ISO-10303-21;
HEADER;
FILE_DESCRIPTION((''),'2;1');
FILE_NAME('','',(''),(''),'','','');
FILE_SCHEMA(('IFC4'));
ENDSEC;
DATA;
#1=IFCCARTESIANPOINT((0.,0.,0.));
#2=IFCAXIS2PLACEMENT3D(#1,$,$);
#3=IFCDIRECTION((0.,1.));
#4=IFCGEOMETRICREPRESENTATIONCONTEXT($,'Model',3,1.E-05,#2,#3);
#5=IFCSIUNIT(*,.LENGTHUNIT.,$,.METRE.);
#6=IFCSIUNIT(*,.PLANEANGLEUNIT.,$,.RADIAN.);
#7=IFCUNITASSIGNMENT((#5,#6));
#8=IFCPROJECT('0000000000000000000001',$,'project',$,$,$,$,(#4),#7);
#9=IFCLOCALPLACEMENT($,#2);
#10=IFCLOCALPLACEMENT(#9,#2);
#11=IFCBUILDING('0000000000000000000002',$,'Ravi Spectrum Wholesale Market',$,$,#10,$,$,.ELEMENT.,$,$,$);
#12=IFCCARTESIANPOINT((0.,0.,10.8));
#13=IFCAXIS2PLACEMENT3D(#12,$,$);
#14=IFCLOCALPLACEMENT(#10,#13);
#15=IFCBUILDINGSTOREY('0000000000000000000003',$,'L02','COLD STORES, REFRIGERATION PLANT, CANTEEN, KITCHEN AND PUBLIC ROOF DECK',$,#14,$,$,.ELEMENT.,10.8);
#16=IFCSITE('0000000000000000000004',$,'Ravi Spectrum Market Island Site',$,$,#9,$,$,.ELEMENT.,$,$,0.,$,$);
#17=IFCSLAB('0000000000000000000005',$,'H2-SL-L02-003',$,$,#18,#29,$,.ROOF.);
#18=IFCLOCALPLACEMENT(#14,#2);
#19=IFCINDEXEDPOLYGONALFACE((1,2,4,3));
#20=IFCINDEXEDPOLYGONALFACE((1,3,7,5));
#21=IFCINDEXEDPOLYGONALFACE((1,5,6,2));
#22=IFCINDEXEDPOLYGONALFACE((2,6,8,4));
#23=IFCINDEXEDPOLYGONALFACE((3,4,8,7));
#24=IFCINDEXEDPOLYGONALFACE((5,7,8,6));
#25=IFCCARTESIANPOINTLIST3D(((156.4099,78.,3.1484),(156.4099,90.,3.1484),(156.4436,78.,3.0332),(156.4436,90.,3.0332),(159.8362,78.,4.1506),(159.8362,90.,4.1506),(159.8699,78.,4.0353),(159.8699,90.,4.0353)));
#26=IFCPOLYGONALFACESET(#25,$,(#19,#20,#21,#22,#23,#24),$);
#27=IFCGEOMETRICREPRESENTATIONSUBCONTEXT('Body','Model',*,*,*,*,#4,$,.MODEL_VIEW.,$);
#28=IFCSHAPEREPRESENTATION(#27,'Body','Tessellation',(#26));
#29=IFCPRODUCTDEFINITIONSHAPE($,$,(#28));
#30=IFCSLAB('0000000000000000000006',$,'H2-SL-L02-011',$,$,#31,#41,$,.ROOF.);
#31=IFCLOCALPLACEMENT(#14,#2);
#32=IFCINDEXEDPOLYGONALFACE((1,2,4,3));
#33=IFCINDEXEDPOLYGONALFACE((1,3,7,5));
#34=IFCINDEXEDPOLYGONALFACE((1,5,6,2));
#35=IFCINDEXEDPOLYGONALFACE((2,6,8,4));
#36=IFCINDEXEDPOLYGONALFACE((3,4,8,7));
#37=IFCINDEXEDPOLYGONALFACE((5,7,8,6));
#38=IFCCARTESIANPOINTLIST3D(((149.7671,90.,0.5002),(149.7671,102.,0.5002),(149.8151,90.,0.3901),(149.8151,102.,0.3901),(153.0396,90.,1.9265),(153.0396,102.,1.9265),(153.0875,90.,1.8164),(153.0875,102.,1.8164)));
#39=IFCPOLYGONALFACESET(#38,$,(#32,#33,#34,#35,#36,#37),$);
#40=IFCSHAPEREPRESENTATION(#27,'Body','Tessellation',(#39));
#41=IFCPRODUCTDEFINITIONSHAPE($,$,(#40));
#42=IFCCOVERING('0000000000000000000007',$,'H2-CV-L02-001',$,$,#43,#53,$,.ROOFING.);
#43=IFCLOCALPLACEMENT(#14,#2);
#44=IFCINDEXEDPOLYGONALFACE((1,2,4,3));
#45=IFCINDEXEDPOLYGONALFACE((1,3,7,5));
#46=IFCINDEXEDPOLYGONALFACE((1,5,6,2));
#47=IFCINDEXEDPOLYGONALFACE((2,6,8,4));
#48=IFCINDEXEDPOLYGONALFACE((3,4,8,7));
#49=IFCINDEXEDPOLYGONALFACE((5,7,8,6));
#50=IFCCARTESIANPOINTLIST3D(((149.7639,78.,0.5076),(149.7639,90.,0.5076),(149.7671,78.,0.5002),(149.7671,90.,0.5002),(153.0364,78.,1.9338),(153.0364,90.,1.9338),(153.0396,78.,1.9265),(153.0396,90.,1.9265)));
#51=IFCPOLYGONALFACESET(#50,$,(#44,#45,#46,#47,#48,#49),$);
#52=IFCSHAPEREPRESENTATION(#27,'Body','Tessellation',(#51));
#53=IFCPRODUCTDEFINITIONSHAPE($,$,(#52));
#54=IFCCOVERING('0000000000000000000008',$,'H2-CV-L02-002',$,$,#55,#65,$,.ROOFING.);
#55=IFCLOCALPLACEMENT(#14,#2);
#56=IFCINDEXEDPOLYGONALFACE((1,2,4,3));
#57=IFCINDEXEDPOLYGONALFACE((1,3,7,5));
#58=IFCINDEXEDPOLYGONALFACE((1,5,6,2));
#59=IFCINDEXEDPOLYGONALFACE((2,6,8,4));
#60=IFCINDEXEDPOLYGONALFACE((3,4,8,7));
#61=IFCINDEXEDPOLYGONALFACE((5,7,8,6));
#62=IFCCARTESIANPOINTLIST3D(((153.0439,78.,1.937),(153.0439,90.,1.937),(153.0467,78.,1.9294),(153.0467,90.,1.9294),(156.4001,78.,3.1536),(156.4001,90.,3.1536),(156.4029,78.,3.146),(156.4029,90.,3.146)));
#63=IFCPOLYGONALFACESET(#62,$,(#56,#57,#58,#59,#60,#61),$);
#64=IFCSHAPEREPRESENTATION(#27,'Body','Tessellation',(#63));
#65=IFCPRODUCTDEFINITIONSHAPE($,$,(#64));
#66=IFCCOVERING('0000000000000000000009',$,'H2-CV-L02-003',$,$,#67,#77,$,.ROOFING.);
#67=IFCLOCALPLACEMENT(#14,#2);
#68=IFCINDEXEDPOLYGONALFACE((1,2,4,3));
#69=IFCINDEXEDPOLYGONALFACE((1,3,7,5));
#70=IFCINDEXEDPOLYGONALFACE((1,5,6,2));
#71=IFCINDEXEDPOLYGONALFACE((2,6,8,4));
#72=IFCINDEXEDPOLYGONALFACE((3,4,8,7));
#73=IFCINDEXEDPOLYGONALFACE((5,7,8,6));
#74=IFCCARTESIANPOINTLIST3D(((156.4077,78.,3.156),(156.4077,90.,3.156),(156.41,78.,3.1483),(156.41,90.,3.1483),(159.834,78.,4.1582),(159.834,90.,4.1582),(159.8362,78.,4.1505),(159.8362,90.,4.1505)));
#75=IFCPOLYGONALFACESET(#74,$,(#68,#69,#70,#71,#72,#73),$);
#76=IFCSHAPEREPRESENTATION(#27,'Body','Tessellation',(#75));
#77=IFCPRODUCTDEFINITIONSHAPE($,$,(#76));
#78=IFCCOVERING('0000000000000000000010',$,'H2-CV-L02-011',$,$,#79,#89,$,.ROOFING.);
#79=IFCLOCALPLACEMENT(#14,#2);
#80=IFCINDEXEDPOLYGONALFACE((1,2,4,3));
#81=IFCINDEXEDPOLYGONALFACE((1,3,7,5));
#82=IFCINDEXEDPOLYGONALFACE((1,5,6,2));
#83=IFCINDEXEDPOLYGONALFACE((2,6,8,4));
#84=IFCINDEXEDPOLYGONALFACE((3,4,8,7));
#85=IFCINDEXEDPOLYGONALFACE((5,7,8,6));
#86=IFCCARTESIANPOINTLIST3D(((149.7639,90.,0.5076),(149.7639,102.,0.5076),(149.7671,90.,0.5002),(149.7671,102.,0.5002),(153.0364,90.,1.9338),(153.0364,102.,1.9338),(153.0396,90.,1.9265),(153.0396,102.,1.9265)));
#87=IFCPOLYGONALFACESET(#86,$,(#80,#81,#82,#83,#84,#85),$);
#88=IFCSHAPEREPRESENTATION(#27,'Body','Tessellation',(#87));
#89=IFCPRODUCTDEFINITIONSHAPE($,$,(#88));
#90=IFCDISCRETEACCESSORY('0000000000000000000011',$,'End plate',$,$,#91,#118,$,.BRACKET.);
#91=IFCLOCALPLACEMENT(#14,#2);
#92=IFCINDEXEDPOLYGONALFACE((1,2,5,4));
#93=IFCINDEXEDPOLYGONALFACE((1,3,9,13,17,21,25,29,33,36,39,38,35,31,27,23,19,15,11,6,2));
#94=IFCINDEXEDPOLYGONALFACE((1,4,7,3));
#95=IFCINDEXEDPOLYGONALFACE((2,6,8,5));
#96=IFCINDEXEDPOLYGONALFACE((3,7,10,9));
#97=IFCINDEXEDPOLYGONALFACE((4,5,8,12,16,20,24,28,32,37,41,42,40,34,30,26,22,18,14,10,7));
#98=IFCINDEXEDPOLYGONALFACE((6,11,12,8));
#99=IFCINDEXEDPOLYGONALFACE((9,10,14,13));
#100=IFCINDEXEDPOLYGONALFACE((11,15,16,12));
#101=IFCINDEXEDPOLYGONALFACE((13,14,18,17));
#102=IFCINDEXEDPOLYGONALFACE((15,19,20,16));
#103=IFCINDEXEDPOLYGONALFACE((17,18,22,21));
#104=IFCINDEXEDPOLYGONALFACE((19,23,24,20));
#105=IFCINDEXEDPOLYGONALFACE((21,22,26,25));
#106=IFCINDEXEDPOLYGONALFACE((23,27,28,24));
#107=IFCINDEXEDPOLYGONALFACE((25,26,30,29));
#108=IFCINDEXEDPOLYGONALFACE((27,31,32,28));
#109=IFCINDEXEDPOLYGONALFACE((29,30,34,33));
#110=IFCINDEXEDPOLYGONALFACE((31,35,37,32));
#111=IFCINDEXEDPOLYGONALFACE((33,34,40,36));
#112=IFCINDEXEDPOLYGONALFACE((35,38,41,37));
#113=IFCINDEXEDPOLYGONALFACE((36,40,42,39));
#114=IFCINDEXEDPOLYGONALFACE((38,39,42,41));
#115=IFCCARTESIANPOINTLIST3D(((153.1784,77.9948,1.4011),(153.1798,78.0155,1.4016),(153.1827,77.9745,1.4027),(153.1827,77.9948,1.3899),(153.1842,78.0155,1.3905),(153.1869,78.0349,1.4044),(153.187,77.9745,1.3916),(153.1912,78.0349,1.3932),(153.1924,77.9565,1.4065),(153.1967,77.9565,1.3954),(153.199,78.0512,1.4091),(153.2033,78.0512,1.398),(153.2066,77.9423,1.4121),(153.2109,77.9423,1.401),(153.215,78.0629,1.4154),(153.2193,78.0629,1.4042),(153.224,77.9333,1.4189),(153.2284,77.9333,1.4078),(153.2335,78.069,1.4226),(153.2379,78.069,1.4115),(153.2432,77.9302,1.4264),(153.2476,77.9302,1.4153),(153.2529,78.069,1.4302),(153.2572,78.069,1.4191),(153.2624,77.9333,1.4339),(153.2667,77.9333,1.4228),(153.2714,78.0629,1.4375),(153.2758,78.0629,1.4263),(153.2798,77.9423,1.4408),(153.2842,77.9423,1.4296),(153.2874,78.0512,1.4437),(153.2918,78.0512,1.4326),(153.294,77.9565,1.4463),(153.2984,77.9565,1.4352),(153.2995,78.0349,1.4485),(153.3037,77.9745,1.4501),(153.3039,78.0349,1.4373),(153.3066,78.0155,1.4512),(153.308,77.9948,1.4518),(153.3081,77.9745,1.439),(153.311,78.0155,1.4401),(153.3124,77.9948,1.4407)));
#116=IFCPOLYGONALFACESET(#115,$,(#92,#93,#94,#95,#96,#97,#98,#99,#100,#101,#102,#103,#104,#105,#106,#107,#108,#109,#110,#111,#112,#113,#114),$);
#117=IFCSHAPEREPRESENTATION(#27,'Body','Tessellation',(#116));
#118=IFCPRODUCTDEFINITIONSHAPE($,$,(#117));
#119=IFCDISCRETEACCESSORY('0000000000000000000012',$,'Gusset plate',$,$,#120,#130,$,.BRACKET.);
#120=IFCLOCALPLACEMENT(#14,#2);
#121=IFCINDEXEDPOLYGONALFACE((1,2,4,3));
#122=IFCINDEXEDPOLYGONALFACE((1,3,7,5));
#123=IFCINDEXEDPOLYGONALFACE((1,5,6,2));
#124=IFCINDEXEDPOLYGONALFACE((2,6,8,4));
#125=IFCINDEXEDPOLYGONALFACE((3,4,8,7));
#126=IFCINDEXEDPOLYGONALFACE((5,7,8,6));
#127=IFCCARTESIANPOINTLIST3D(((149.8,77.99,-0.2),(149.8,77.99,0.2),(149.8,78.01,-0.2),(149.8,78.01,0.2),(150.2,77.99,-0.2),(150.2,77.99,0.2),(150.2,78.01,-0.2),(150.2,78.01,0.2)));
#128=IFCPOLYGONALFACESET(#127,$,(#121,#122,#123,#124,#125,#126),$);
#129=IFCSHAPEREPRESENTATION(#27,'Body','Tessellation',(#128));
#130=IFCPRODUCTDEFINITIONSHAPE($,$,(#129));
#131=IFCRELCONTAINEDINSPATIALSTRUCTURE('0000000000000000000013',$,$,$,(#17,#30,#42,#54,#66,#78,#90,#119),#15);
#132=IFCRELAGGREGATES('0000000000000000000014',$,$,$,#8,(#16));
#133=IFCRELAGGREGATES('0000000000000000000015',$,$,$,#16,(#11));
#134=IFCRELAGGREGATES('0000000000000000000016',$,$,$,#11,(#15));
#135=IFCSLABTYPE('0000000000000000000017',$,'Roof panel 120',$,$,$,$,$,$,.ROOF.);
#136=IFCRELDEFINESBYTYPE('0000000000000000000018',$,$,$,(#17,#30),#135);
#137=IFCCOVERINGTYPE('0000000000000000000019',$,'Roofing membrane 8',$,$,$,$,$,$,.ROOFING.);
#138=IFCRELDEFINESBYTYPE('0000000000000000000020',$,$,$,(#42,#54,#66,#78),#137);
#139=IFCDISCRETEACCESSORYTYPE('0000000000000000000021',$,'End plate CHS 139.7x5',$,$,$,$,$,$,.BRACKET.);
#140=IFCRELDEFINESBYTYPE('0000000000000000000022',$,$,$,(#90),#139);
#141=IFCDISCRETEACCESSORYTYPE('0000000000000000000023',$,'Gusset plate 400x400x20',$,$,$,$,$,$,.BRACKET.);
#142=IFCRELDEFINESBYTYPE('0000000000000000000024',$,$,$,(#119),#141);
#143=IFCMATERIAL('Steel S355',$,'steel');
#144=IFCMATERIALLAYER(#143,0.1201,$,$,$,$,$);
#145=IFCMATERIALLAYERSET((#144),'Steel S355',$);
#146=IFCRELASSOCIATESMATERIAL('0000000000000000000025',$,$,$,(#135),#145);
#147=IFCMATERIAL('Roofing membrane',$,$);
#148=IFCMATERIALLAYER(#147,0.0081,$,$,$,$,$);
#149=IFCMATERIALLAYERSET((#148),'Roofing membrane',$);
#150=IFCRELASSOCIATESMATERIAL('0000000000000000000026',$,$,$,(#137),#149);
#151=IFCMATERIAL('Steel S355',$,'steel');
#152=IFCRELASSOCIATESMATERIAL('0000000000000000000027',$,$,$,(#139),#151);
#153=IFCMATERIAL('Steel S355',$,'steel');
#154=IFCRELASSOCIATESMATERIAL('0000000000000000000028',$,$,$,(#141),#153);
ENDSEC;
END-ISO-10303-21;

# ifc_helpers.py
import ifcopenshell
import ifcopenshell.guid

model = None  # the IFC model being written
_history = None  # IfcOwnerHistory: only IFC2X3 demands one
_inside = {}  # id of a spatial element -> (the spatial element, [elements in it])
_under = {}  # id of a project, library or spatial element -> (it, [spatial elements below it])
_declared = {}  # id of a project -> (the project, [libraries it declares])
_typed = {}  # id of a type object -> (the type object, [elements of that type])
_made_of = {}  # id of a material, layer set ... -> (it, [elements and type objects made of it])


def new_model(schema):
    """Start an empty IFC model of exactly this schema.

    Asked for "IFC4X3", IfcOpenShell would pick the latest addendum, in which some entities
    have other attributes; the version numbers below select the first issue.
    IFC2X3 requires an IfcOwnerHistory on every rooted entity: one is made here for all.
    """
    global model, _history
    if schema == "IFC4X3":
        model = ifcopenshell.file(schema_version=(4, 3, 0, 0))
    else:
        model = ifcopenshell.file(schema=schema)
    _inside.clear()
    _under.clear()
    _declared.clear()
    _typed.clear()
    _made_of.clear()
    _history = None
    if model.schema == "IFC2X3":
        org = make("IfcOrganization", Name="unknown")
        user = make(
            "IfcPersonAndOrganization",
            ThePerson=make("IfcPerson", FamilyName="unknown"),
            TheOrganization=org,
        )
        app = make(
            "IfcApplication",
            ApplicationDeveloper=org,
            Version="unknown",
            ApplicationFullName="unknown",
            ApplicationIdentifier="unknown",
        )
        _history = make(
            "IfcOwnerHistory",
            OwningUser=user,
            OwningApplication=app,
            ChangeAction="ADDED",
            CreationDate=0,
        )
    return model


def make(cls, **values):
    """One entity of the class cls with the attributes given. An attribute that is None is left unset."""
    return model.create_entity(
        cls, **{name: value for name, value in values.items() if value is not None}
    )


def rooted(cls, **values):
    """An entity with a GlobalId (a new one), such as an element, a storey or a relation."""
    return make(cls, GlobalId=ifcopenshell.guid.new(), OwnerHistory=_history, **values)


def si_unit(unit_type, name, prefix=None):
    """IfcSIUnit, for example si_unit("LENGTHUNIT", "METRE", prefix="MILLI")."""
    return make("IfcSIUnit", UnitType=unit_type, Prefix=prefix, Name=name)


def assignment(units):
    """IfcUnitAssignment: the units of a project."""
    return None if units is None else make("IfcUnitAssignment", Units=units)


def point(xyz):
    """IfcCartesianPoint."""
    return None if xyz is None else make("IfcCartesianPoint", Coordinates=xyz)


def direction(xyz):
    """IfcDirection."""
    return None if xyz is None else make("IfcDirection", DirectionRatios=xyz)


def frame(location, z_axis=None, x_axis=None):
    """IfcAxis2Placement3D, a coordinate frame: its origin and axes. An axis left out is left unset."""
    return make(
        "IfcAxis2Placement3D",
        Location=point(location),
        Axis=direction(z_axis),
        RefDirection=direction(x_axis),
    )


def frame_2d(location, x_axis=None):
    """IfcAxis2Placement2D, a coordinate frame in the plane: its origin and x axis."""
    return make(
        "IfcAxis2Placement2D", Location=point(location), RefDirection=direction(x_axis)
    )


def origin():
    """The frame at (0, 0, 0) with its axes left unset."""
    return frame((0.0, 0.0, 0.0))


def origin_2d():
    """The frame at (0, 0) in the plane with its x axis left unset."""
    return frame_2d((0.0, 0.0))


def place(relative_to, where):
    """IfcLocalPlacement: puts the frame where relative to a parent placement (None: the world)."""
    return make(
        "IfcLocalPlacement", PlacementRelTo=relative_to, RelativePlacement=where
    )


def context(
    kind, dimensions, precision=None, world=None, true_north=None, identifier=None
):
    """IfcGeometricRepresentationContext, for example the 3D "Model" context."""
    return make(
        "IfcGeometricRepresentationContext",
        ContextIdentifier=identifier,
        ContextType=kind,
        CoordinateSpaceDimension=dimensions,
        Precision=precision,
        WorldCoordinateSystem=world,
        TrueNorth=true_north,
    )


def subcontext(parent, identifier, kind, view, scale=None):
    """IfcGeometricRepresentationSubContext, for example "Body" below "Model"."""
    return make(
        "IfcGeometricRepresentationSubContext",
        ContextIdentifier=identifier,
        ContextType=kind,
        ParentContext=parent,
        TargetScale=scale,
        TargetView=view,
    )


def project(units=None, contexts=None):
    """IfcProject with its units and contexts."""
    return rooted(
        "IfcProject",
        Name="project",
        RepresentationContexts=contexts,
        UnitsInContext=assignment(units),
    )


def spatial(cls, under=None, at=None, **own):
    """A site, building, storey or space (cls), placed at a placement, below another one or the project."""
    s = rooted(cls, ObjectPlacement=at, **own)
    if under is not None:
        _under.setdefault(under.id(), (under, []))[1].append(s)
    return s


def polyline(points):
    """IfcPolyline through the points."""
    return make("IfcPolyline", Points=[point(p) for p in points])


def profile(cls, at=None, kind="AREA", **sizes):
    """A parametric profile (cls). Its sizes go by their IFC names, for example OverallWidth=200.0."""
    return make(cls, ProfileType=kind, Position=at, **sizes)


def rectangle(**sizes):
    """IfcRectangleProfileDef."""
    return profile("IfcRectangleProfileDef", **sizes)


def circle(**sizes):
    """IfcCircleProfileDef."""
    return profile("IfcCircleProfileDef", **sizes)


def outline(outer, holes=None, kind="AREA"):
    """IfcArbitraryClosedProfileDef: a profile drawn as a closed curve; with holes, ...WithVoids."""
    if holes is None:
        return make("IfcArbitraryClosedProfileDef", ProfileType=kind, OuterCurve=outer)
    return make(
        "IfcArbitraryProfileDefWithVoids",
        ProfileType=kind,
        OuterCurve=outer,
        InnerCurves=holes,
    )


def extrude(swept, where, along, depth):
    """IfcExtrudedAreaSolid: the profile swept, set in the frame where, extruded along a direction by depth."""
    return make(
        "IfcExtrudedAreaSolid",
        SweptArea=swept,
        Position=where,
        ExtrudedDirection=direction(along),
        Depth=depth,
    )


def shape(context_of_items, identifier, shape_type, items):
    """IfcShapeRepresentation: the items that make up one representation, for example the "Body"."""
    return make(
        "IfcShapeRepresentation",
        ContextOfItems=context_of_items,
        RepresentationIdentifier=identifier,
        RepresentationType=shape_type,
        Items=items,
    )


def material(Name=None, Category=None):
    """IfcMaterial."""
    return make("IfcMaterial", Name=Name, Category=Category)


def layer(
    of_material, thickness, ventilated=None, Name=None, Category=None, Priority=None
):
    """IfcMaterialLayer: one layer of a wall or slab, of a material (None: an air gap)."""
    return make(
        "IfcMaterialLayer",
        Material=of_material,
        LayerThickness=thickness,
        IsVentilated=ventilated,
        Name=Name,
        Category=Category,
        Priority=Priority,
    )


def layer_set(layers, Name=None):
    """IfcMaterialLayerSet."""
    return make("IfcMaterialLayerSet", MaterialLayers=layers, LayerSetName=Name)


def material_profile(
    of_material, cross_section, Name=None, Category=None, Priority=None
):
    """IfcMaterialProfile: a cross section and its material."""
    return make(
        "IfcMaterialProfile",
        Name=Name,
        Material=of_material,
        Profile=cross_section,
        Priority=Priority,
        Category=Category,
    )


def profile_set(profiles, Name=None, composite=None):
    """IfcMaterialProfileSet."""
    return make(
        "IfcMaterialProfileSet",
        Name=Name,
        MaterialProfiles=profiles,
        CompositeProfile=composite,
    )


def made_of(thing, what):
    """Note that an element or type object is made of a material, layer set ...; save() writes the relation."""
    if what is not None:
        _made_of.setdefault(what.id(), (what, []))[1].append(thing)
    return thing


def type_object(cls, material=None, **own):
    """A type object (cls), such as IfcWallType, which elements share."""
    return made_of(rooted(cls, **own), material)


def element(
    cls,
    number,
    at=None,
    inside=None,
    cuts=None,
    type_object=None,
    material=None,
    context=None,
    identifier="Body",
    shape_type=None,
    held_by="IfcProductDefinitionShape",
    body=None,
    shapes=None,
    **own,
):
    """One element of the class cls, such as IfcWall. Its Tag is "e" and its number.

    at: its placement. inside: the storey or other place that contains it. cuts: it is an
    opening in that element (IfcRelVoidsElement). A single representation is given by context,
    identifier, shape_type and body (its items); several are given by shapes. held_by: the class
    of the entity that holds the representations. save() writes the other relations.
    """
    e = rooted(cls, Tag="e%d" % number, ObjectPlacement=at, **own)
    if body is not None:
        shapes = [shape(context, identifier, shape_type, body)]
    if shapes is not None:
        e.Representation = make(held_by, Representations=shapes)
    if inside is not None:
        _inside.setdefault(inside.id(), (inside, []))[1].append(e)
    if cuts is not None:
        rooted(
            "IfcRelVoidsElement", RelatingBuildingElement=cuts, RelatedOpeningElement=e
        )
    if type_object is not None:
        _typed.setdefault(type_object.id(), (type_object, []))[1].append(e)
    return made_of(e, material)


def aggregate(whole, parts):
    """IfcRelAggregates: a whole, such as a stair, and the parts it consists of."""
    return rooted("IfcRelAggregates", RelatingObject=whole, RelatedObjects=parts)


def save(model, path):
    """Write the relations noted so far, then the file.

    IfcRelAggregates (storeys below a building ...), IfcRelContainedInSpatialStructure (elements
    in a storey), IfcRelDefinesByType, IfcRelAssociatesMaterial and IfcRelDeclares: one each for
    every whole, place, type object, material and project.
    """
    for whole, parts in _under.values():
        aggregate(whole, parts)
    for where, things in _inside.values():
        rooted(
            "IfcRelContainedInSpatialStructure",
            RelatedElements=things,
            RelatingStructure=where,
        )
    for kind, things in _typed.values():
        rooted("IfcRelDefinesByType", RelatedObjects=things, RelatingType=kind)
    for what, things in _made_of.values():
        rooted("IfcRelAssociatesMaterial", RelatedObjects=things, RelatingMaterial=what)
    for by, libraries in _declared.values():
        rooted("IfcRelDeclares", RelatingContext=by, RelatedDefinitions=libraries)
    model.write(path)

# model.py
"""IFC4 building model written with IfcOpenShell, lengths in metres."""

from ifc_helpers import new_model, si_unit, direction, frame, origin, origin_2d, place, context, subcontext, project, spatial, polyline, rectangle, circle, outline, extrude, material, layer, layer_set, material_profile, profile_set, type_object, element, save


model = new_model("IFC4")

# Units and contexts
model_context = context("Model", 3, precision=1e-05, world=origin(), true_north=direction((0.0, 1.0)))
body_context = subcontext(model_context, "Body", "Model", "MODEL_VIEW")
ifc_project = project(units=[si_unit("LENGTHUNIT", "METRE"), si_unit("PLANEANGLEUNIT", "RADIAN")], contexts=[model_context])

# Site, building, storey
site_placement = place(None, origin())
site = spatial("IfcSite", under=ifc_project, at=site_placement, Name="Ravi Spectrum Market Island Site", CompositionType="ELEMENT", RefElevation=0.0)
building_placement = place(site_placement, origin())
building = spatial("IfcBuilding", under=site, at=building_placement, Name="Ravi Spectrum Wholesale Market", CompositionType="ELEMENT")
storey_placement = place(building_placement, frame((0.0, 0.0, 10.8)))
storey = spatial("IfcBuildingStorey", under=building, at=storey_placement, Name="L02", Description="COLD STORES, REFRIGERATION PLANT, CANTEEN, KITCHEN AND PUBLIC ROOF DECK", CompositionType="ELEMENT", Elevation=10.8)

# Slabs
ifc_material_1 = material(Name="Steel S355", Category="steel")
ifc_layer_1 = layer(ifc_material_1, 0.1201)
ifc_layer_set_1 = layer_set([ifc_layer_1], Name="Steel S355")
slab_type = type_object("IfcSlabType", Name="Roof panel 120", PredefinedType="ROOF", material=ifc_layer_set_1)
slab_1_placement = place(storey_placement, frame((156.4099, 78.0, 3.1484), z_axis=(-0.28074, 0.0, 0.959784), x_axis=(0.959784, 0.0, 0.28074)))
element("IfcSlab", 1, at=slab_1_placement, inside=storey, type_object=slab_type, Name="H2-SL-L02-003", PredefinedType="ROOF", context=body_context, shape_type="SweptSolid", body=[
    extrude(outline(polyline([(0.0, 0.0), (3.5698, 0.0), (3.5698, 12.0), (0.0, 12.0), (0.0, 0.0)])), origin(), (0.0, 0.0, -1.0), 0.1201),
])
slab_2_placement = place(storey_placement, frame((149.7671, 90.0, 0.5002), z_axis=(-0.399541, 0.0, 0.916715), x_axis=(0.916715, 0.0, 0.399541)))
element("IfcSlab", 2, at=slab_2_placement, inside=storey, type_object=slab_type, Name="H2-SL-L02-011", PredefinedType="ROOF", context=body_context, shape_type="SweptSolid", body=[
    extrude(outline(polyline([(0.0, 0.0), (3.5698, 0.0), (3.5698, 12.0), (0.0, 12.0), (0.0, 0.0)])), origin(), (0.0, 0.0, -1.0), 0.1201),
])

# Coverings
ifc_material_2 = material(Name="Roofing membrane")
ifc_layer_2 = layer(ifc_material_2, 0.0081)
ifc_layer_set_2 = layer_set([ifc_layer_2], Name="Roofing membrane")
covering_type = type_object("IfcCoveringType", Name="Roofing membrane 8", PredefinedType="ROOFING", material=ifc_layer_set_2)
covering_1_placement = place(storey_placement, frame((149.7639, 78.0, 0.5076), z_axis=(-0.399541, 0.0, 0.916715), x_axis=(0.916715, 0.0, 0.399541)))
element("IfcCovering", 3, at=covering_1_placement, inside=storey, type_object=covering_type, Name="H2-CV-L02-001", PredefinedType="ROOFING", context=body_context, shape_type="SweptSolid", body=[
    extrude(outline(polyline([(0.0, 0.0), (3.5698, 0.0), (3.5698, 12.0), (0.0, 12.0), (0.0, 0.0)])), origin(), (0.0, 0.0, -1.0), 0.0081),
])
covering_2_placement = place(storey_placement, frame((153.0439, 78.0, 1.937), z_axis=(-0.340782, 0.0, 0.940142), x_axis=(0.940142, 0.0, 0.340782)))
element("IfcCovering", 4, at=covering_2_placement, inside=storey, type_object=covering_type, Name="H2-CV-L02-002", PredefinedType="ROOFING", context=body_context, shape_type="SweptSolid", body=[
    extrude(outline(polyline([(0.0, 0.0), (3.5699, 0.0), (3.5699, 12.0), (0.0, 12.0), (0.0, 0.0)])), origin(), (0.0, 0.0, -1.0), 0.0081),
])
covering_3_placement = place(storey_placement, frame((156.4077, 78.0, 3.156), z_axis=(-0.28074, 0.0, 0.959784), x_axis=(0.959784, 0.0, 0.28074)))
element("IfcCovering", 5, at=covering_3_placement, inside=storey, type_object=covering_type, Name="H2-CV-L02-003", PredefinedType="ROOFING", context=body_context, shape_type="SweptSolid", body=[
    extrude(outline(polyline([(0.0, 0.0), (3.5698, 0.0), (3.5698, 12.0), (0.0, 12.0), (0.0, 0.0)])), origin(), (0.0, 0.0, -1.0), 0.0081),
])
covering_4_placement = place(storey_placement, frame((149.7639, 90.0, 0.5076), z_axis=(-0.399541, 0.0, 0.916715), x_axis=(0.916715, 0.0, 0.399541)))
element("IfcCovering", 6, at=covering_4_placement, inside=storey, type_object=covering_type, Name="H2-CV-L02-011", PredefinedType="ROOFING", context=body_context, shape_type="SweptSolid", body=[
    extrude(outline(polyline([(0.0, 0.0), (3.5698, 0.0), (3.5698, 12.0), (0.0, 12.0), (0.0, 0.0)])), origin(), (0.0, 0.0, -1.0), 0.0081),
])

# Discrete accessories
ifc_material_3 = material(Name="Steel S355", Category="steel")
ifc_material_profile_1 = material_profile(ifc_material_3, circle(Radius=0.0698, at=origin_2d()))
ifc_profile_set_1 = profile_set([ifc_material_profile_1], Name="Steel S355")
discrete_accessory_type_1 = type_object("IfcDiscreteAccessoryType", Name="End plate CHS 139.7x5", PredefinedType="BRACKET", material=ifc_profile_set_1)
discrete_accessory_1_placement = place(storey_placement, frame((153.2476, 78.0, 1.4153), z_axis=(-0.364399, 0.0, 0.931243), x_axis=(0.0, -1.0, 0.0)))
element("IfcDiscreteAccessory", 7, at=discrete_accessory_1_placement, inside=storey, type_object=discrete_accessory_type_1, Name="End plate", PredefinedType="BRACKET", context=body_context, shape_type="SweptSolid", body=[
    extrude(circle(Radius=0.0698, at=origin_2d()), origin(), (0.0, 0.0, 1.0), 0.012),
])
ifc_material_4 = material(Name="Steel S355", Category="steel")
ifc_material_profile_2 = material_profile(ifc_material_4, rectangle(XDim=0.3999, YDim=0.02, at=origin_2d()))
ifc_profile_set_2 = profile_set([ifc_material_profile_2], Name="Steel S355")
discrete_accessory_type_2 = type_object("IfcDiscreteAccessoryType", Name="Gusset plate 400x400x20", PredefinedType="BRACKET", material=ifc_profile_set_2)
discrete_accessory_2_placement = place(storey_placement, frame((150.0, 78.0, -0.2), z_axis=(0.0, 0.0, 1.0), x_axis=(1.0, 0.0, 0.0)))
element("IfcDiscreteAccessory", 8, at=discrete_accessory_2_placement, inside=storey, type_object=discrete_accessory_type_2, Name="Gusset plate", PredefinedType="BRACKET", context=body_context, shape_type="SweptSolid", body=[
    extrude(rectangle(XDim=0.3999, YDim=0.02, at=origin_2d()), origin(), (0.0, 0.0, 1.0), 0.3999),
])

save(model, "model.ifc")
